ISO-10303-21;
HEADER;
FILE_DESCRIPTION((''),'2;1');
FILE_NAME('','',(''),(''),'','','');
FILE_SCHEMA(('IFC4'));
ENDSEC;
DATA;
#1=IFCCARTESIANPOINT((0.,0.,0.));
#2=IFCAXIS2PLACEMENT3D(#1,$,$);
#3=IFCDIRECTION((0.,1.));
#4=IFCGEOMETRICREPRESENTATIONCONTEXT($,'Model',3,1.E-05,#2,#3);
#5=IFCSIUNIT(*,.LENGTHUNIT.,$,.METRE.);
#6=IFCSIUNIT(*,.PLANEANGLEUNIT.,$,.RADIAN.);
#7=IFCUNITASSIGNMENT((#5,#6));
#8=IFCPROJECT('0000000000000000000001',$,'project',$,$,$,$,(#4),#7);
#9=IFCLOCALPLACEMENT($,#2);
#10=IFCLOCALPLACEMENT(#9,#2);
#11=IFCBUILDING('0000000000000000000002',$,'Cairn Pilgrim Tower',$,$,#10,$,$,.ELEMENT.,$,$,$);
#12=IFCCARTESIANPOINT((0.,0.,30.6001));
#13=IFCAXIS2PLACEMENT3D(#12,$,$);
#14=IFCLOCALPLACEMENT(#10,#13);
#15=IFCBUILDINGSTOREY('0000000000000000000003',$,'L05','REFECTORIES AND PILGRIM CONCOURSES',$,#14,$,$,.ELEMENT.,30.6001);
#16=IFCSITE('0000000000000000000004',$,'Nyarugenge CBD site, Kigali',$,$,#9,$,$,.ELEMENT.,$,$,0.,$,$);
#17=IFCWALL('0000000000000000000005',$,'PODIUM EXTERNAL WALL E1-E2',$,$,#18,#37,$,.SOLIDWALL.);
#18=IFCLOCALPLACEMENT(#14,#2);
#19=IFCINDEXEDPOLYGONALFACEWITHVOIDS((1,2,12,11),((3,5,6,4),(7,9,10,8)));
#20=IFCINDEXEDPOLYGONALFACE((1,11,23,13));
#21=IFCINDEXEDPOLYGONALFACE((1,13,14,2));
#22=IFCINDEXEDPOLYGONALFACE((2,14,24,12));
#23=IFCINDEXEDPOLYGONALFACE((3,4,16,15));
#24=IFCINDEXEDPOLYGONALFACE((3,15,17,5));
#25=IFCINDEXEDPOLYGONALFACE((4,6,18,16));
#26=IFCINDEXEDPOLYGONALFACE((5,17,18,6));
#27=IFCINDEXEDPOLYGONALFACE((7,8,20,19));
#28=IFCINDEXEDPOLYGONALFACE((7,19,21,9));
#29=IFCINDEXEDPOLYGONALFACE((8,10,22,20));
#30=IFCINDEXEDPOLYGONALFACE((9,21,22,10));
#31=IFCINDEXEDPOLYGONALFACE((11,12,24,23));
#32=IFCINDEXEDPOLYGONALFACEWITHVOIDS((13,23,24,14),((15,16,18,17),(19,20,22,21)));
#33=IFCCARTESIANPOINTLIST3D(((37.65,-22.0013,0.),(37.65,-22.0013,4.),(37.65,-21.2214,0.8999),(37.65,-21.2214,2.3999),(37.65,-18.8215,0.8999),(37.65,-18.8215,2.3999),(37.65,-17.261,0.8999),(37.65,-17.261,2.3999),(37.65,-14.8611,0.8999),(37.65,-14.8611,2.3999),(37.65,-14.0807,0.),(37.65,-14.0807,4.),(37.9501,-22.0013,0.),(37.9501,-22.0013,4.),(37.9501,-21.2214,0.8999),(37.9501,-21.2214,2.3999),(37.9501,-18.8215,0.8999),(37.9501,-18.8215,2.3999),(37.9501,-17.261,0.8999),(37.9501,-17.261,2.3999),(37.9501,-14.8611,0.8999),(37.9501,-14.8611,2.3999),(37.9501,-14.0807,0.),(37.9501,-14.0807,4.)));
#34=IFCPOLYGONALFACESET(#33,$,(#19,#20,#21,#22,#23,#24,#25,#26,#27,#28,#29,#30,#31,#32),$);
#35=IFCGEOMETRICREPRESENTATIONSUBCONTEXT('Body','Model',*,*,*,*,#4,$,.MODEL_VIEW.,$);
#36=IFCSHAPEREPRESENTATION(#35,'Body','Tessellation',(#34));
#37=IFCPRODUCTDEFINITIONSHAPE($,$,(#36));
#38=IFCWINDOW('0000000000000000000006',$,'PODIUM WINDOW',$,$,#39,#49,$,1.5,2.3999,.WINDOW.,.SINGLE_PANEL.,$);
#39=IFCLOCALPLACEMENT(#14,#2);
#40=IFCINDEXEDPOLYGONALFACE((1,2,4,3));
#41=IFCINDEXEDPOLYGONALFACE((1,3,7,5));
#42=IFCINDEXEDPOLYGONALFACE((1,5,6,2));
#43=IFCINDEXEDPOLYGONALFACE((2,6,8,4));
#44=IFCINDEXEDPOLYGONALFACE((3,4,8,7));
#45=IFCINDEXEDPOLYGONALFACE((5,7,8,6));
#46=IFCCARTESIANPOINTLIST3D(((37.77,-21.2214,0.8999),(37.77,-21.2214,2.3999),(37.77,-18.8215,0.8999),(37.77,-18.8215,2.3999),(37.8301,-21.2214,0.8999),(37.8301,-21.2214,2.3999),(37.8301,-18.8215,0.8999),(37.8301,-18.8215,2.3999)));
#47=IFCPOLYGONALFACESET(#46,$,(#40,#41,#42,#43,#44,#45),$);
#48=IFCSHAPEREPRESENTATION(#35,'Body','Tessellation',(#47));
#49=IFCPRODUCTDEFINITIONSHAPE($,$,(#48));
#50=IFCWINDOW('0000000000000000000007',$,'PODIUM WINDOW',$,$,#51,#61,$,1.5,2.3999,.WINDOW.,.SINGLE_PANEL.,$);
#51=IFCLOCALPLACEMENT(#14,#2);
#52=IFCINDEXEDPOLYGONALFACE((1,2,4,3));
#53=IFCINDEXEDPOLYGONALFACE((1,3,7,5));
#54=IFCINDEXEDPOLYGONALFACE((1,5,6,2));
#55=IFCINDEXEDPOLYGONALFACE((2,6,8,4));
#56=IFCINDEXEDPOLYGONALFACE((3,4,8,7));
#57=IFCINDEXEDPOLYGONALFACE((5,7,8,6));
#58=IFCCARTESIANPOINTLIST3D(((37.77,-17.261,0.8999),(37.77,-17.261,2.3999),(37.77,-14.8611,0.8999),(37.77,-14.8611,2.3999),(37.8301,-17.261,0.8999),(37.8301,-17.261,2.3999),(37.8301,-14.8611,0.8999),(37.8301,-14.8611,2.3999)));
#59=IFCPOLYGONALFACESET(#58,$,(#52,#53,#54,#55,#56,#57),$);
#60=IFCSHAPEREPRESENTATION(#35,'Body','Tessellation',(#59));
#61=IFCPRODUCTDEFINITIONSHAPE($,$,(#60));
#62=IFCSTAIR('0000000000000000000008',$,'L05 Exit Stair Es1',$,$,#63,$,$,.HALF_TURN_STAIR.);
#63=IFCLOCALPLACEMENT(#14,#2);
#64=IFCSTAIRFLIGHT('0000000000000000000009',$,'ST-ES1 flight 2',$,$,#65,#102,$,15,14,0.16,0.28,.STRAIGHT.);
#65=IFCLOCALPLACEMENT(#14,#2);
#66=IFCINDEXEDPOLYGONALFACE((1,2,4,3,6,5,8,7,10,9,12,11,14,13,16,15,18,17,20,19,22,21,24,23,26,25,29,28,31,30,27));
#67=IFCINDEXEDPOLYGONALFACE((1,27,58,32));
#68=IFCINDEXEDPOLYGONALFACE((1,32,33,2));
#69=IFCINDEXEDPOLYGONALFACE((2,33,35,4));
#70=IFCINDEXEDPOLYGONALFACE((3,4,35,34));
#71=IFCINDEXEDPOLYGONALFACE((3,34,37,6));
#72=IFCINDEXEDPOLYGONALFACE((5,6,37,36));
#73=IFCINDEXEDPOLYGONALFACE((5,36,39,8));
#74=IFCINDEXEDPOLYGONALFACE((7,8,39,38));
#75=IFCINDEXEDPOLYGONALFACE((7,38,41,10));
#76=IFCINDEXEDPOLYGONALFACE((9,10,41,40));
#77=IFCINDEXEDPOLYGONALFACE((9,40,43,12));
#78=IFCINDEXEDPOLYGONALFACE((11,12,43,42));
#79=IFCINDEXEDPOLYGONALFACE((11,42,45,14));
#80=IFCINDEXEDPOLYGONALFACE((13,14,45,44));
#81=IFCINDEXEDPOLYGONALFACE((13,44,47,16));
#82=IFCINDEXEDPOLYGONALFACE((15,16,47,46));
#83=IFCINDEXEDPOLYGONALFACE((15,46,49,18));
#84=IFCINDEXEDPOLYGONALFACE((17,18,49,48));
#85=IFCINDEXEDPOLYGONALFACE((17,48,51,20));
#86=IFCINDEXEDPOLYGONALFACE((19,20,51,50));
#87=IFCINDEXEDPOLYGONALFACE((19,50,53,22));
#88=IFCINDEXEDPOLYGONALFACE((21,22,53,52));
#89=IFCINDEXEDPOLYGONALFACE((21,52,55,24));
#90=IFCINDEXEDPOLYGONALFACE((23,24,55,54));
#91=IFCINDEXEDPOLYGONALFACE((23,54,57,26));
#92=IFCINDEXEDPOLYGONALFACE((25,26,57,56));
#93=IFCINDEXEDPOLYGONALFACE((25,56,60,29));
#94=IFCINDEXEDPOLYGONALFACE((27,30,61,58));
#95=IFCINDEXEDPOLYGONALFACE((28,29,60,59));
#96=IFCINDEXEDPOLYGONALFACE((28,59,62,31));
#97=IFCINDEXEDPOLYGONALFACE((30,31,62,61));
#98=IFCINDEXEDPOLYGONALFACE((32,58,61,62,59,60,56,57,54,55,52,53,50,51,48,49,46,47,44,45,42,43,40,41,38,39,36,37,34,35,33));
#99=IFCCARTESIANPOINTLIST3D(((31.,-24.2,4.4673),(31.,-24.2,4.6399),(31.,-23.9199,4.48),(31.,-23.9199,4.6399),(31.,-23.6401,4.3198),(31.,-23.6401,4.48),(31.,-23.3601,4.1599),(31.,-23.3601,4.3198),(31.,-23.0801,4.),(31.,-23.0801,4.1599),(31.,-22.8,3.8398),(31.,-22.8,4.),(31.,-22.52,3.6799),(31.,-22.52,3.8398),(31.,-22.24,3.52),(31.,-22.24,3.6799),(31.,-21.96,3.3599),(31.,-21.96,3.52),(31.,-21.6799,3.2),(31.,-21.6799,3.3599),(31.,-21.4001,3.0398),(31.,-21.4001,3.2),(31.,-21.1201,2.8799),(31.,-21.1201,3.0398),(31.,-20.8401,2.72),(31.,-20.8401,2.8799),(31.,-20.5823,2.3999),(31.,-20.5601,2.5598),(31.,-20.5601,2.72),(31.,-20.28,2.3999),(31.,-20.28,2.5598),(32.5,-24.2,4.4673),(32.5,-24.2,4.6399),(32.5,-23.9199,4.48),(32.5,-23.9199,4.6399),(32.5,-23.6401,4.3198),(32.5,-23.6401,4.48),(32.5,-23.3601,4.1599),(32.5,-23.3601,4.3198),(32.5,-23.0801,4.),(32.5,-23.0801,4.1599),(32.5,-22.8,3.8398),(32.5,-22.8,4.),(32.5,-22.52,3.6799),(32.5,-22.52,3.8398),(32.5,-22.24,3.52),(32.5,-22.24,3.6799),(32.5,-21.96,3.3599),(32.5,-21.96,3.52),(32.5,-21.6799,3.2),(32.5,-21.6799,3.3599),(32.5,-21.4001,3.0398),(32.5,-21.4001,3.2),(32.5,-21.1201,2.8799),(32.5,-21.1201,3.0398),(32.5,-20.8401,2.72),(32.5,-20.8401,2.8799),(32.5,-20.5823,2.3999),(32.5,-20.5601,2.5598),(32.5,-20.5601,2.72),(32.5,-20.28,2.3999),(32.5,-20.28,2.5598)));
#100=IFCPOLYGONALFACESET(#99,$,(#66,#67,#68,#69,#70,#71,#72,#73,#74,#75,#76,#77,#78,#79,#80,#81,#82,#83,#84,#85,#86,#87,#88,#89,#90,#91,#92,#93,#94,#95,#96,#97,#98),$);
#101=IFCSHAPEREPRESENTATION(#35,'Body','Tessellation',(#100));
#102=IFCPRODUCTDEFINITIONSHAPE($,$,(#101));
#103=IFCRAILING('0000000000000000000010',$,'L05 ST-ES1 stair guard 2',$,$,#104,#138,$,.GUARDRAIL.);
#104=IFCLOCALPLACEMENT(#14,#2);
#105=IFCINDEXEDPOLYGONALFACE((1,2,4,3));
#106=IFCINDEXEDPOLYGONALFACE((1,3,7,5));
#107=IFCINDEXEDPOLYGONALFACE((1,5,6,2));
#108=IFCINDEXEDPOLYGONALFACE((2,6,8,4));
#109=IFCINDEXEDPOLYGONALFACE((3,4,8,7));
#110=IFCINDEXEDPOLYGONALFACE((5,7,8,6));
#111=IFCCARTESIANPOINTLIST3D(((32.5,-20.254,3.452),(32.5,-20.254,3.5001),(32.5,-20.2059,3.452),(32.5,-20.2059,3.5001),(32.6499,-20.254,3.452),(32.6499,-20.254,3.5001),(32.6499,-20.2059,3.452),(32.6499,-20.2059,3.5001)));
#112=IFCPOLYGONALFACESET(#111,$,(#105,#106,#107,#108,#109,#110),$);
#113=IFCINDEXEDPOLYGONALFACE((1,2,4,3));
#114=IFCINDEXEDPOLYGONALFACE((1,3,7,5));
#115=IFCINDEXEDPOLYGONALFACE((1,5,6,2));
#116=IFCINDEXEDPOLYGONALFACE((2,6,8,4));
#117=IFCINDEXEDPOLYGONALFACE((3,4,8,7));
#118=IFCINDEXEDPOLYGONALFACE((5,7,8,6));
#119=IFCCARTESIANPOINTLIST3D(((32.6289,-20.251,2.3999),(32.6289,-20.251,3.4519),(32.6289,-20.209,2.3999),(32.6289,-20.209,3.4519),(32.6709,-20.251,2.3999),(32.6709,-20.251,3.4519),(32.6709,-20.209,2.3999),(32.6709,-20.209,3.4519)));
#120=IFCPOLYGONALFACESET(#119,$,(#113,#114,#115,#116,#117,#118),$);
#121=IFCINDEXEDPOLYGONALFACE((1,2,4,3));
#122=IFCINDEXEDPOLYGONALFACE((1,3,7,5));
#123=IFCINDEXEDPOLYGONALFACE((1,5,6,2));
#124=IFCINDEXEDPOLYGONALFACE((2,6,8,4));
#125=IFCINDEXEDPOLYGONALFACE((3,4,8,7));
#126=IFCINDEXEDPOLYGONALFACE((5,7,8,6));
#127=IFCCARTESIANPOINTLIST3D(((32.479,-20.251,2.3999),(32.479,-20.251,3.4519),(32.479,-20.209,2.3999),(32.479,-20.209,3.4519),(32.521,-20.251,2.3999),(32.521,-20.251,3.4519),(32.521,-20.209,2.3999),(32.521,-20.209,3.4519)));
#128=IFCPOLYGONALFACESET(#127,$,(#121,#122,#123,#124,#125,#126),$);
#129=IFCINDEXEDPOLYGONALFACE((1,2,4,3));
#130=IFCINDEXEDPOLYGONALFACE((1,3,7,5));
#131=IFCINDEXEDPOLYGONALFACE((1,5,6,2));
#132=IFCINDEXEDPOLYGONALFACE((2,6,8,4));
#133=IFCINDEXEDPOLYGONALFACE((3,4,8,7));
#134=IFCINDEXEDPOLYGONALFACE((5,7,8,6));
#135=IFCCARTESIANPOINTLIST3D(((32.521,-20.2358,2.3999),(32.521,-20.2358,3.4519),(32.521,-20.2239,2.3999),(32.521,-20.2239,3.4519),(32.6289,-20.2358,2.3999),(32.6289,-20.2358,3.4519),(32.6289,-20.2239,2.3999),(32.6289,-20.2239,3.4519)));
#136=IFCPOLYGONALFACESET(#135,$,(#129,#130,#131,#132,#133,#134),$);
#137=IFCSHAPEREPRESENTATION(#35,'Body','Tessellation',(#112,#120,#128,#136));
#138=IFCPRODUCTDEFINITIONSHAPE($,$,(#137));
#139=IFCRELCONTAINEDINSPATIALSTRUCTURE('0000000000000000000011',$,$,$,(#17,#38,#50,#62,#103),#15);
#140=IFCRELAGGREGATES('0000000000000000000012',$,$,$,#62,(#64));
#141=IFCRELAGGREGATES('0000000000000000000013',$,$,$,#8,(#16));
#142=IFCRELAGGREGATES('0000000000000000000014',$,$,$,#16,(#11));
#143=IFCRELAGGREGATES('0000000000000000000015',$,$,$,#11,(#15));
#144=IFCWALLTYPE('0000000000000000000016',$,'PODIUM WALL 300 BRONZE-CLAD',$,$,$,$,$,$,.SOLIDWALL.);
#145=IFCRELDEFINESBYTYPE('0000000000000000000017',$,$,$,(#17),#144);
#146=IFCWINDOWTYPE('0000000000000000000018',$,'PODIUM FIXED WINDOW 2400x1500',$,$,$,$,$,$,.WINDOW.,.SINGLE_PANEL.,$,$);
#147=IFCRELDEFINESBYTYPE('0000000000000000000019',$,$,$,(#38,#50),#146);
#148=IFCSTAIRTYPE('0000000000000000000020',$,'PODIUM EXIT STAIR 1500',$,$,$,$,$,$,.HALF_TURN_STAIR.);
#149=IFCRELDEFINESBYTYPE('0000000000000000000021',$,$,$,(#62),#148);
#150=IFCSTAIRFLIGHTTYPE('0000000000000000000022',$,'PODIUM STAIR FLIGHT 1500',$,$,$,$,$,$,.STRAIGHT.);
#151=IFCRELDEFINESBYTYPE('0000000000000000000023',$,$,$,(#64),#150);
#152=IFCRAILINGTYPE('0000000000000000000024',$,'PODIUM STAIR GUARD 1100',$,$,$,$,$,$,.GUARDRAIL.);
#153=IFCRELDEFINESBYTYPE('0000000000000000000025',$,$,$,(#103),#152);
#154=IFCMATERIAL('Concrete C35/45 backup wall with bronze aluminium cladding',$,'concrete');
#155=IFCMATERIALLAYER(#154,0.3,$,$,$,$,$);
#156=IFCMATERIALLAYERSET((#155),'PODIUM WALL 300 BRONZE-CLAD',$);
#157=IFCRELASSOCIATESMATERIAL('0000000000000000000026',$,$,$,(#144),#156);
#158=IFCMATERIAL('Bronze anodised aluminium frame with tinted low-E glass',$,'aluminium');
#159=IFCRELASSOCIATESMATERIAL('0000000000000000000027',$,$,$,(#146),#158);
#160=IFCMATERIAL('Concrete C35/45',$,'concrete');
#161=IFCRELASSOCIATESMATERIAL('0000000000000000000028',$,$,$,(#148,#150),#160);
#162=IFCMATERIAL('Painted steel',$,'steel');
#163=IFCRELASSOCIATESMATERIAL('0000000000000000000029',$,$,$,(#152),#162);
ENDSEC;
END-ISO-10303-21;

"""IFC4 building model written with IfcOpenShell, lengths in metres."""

from ifc_helpers import new_model, si_unit, direction, frame, frame_2d, origin, origin_2d, place, context, subcontext, project, spatial, polyline, rectangle, outline, extrude, material, layer, layer_set, type_object, element, fill, aggregate, save


model = new_model("IFC4")

# Units and contexts
model_context = context("Model", 3, precision=1e-05, world=origin(), true_north=direction((0.0, 1.0)))
body_context = subcontext(model_context, "Body", "Model", "MODEL_VIEW")
ifc_project = project(units=[si_unit("LENGTHUNIT", "METRE"), si_unit("PLANEANGLEUNIT", "RADIAN")], contexts=[model_context])

# Site, building, storey
site_placement = place(None, origin())
site = spatial("IfcSite", under=ifc_project, at=site_placement, Name="Nyarugenge CBD site, Kigali", CompositionType="ELEMENT", RefElevation=0.0)
building_placement = place(site_placement, origin())
building = spatial("IfcBuilding", under=site, at=building_placement, Name="Cairn Pilgrim Tower", CompositionType="ELEMENT")
storey_placement = place(building_placement, frame((0.0, 0.0, 30.6001)))
storey = spatial("IfcBuildingStorey", under=building, at=storey_placement, Name="L05", Description="REFECTORIES AND PILGRIM CONCOURSES", CompositionType="ELEMENT", Elevation=30.6001)

# Shared definitions
ifc_material_1 = material(Name="Concrete C35/45", Category="concrete")

# Wall, openings, windows
ifc_material_2 = material(Name="Concrete C35/45 backup wall with bronze aluminium cladding", Category="concrete")
ifc_layer_1 = layer(ifc_material_2, 0.3)
ifc_layer_set_1 = layer_set([ifc_layer_1], Name="PODIUM WALL 300 BRONZE-CLAD")
wall_type_1 = type_object("IfcWallType", Name="PODIUM WALL 300 BRONZE-CLAD", PredefinedType="SOLIDWALL", material=ifc_layer_set_1)
wall_1_placement = place(storey_placement, frame((37.8, -22.0015, 0.0), z_axis=(0.0, 0.0, 1.0), x_axis=(0.0, 1.0, 0.0)))
wall_1 = element("IfcWall", 1, at=wall_1_placement, inside=storey, type_object=wall_type_1, Name="PODIUM EXTERNAL WALL E1-E2", PredefinedType="SOLIDWALL", context=body_context, shape_type="SweptSolid", body=[
    extrude(rectangle(XDim=7.9207, YDim=0.3, at=frame_2d((3.9604, 0.0))), origin(), (0.0, 0.0, 1.0), 4.0),
])
opening_1_placement = place(wall_1_placement, frame((0.78, 0.0, 0.8999)))
opening_1 = element("IfcOpeningElement", 2, at=opening_1_placement, cuts=wall_1, PredefinedType="OPENING", context=body_context, shape_type="SweptSolid", body=[
    extrude(rectangle(XDim=2.3999, YDim=1.5, at=frame_2d((1.2, 0.75))), frame((0.0, 0.1602, 0.0), z_axis=(0.0, -1.0, 0.0), x_axis=(1.0, 0.0, 0.0)), (0.0, 0.0, 1.0), 0.3201),
])
opening_2_placement = place(wall_1_placement, frame((4.7405, 0.0, 0.8999)))
opening_2 = element("IfcOpeningElement", 3, at=opening_2_placement, cuts=wall_1, PredefinedType="OPENING", context=body_context, shape_type="SweptSolid", body=[
    extrude(rectangle(XDim=2.3999, YDim=1.5, at=frame_2d((1.2, 0.75))), frame((0.0, 0.1602, 0.0), z_axis=(0.0, -1.0, 0.0), x_axis=(1.0, 0.0, 0.0)), (0.0, 0.0, 1.0), 0.3201),
])
ifc_material_3 = material(Name="Bronze anodised aluminium frame with tinted low-E glass", Category="aluminium")
window_type = type_object("IfcWindowType", Name="PODIUM FIXED WINDOW 2400x1500", PartitioningType="SINGLE_PANEL", PredefinedType="WINDOW", material=ifc_material_3)
window_1_placement = place(opening_1_placement, origin())
window_1 = element("IfcWindow", 4, at=window_1_placement, inside=storey, type_object=window_type, Name="PODIUM WINDOW", OverallHeight=1.5, OverallWidth=2.3999, PartitioningType="SINGLE_PANEL", PredefinedType="WINDOW", context=body_context, shape_type="SweptSolid", body=[
    extrude(rectangle(XDim=2.3999, YDim=1.5, at=frame_2d((1.2, 0.75))), frame((0.0, 0.03, 0.0), z_axis=(0.0, -1.0, 0.0), x_axis=(1.0, 0.0, 0.0)), (0.0, 0.0, 1.0), 0.0601),
])
fill(opening_1, window_1)
window_2_placement = place(opening_2_placement, origin())
window_2 = element("IfcWindow", 5, at=window_2_placement, inside=storey, type_object=window_type, Name="PODIUM WINDOW", OverallHeight=1.5, OverallWidth=2.3999, PartitioningType="SINGLE_PANEL", PredefinedType="WINDOW", context=body_context, shape_type="SweptSolid", body=[
    extrude(rectangle(XDim=2.3999, YDim=1.5, at=frame_2d((1.2, 0.75))), frame((0.0, 0.03, 0.0), z_axis=(0.0, -1.0, 0.0), x_axis=(1.0, 0.0, 0.0)), (0.0, 0.0, 1.0), 0.0601),
])
fill(opening_2, window_2)

# Stair, stair flight
stair_type = type_object("IfcStairType", Name="PODIUM EXIT STAIR 1500", PredefinedType="HALF_TURN_STAIR", material=ifc_material_1)
stair_placement = place(storey_placement, origin())
stair = element("IfcStair", 6, at=stair_placement, inside=storey, type_object=stair_type, Name="L05 Exit Stair Es1", PredefinedType="HALF_TURN_STAIR")
stair_flight_type = type_object("IfcStairFlightType", Name="PODIUM STAIR FLIGHT 1500", PredefinedType="STRAIGHT", material=ifc_material_1)
stair_flight_placement = place(storey_placement, frame((31.75, -20.28, 2.3999), z_axis=(0.0, 0.0, 1.0), x_axis=(0.0, -1.0, 0.0)))
stair_flight = element("IfcStairFlight", 7, at=stair_flight_placement, type_object=stair_flight_type, Name="ST-ES1 flight 2", NumberOfRisers=15, NumberOfTreads=14, PredefinedType="STRAIGHT", RiserHeight=0.16, TreadLength=0.28, context=body_context, shape_type="SweptSolid", body=[
    extrude(outline(polyline([(0.0, 0.0), (0.0, 0.1599), (0.28, 0.1599), (0.28, 0.3201), (0.5601, 0.3201), (0.5601, 0.48), (0.8401, 0.48), (0.8401, 0.6399), (1.1201, 0.6399), (1.1201, 0.8), (1.3999, 0.8), (1.3999, 0.96), (1.6799, 0.96), (1.6799, 1.1201), (1.96, 1.1201), (1.96, 1.28), (2.24, 1.28), (2.24, 1.4399), (2.52, 1.4399), (2.52, 1.6001), (2.8, 1.6001), (2.8, 1.76), (3.0801, 1.76), (3.0801, 1.9199), (3.3601, 1.9199), (3.3601, 2.0801), (3.6399, 2.0801), (3.6399, 2.24), (3.9199, 2.24), (3.9199, 2.3999), (3.9199, 2.0674), (0.3022, 0.0), (0.0, 0.0)])), frame((0.0, 0.75, 0.0), z_axis=(0.0, -1.0, 0.0), x_axis=(1.0, 0.0, 0.0)), (0.0, 0.0, 1.0), 1.5),
])
aggregate(stair, [stair_flight])

# Railing
ifc_material_4 = material(Name="Painted steel", Category="steel")
railing_type_1 = type_object("IfcRailingType", Name="PODIUM STAIR GUARD 1100", PredefinedType="GUARDRAIL", material=ifc_material_4)
railing_1_placement = place(storey_placement, frame((32.6499, -20.23, 2.3999)))
element("IfcRailing", 8, at=railing_1_placement, inside=storey, type_object=railing_type_1, Name="L05 ST-ES1 stair guard 2", PredefinedType="GUARDRAIL", context=body_context, shape_type="SweptSolid", body=[
    extrude(rectangle(XDim=0.0481, YDim=0.0481, at=origin_2d()), frame((0.0, 0.0, 1.0762), z_axis=(-1.0, 0.0, 0.0), x_axis=(0.0, -1.0, 0.0)), (0.0, 0.0, 1.0), 0.1499),
    extrude(rectangle(XDim=0.042, YDim=0.042, at=origin_2d()), origin(), (0.0, 0.0, 1.0), 1.052),
    extrude(rectangle(XDim=0.042, YDim=0.042, at=origin_2d()), frame((-0.1499, 0.0, 0.0)), (0.0, 0.0, 1.0), 1.052),
    extrude(outline(polyline([(0.021, 0.0), (0.1289, 0.0), (0.1289, 1.052), (0.021, 1.052), (0.021, 0.0)])), frame((0.0, -0.0059, 0.0), z_axis=(0.0, 1.0, 0.0), x_axis=(-1.0, 0.0, 0.0)), (0.0, 0.0, 1.0), 0.012),
])

save(model, "model.ifc")
